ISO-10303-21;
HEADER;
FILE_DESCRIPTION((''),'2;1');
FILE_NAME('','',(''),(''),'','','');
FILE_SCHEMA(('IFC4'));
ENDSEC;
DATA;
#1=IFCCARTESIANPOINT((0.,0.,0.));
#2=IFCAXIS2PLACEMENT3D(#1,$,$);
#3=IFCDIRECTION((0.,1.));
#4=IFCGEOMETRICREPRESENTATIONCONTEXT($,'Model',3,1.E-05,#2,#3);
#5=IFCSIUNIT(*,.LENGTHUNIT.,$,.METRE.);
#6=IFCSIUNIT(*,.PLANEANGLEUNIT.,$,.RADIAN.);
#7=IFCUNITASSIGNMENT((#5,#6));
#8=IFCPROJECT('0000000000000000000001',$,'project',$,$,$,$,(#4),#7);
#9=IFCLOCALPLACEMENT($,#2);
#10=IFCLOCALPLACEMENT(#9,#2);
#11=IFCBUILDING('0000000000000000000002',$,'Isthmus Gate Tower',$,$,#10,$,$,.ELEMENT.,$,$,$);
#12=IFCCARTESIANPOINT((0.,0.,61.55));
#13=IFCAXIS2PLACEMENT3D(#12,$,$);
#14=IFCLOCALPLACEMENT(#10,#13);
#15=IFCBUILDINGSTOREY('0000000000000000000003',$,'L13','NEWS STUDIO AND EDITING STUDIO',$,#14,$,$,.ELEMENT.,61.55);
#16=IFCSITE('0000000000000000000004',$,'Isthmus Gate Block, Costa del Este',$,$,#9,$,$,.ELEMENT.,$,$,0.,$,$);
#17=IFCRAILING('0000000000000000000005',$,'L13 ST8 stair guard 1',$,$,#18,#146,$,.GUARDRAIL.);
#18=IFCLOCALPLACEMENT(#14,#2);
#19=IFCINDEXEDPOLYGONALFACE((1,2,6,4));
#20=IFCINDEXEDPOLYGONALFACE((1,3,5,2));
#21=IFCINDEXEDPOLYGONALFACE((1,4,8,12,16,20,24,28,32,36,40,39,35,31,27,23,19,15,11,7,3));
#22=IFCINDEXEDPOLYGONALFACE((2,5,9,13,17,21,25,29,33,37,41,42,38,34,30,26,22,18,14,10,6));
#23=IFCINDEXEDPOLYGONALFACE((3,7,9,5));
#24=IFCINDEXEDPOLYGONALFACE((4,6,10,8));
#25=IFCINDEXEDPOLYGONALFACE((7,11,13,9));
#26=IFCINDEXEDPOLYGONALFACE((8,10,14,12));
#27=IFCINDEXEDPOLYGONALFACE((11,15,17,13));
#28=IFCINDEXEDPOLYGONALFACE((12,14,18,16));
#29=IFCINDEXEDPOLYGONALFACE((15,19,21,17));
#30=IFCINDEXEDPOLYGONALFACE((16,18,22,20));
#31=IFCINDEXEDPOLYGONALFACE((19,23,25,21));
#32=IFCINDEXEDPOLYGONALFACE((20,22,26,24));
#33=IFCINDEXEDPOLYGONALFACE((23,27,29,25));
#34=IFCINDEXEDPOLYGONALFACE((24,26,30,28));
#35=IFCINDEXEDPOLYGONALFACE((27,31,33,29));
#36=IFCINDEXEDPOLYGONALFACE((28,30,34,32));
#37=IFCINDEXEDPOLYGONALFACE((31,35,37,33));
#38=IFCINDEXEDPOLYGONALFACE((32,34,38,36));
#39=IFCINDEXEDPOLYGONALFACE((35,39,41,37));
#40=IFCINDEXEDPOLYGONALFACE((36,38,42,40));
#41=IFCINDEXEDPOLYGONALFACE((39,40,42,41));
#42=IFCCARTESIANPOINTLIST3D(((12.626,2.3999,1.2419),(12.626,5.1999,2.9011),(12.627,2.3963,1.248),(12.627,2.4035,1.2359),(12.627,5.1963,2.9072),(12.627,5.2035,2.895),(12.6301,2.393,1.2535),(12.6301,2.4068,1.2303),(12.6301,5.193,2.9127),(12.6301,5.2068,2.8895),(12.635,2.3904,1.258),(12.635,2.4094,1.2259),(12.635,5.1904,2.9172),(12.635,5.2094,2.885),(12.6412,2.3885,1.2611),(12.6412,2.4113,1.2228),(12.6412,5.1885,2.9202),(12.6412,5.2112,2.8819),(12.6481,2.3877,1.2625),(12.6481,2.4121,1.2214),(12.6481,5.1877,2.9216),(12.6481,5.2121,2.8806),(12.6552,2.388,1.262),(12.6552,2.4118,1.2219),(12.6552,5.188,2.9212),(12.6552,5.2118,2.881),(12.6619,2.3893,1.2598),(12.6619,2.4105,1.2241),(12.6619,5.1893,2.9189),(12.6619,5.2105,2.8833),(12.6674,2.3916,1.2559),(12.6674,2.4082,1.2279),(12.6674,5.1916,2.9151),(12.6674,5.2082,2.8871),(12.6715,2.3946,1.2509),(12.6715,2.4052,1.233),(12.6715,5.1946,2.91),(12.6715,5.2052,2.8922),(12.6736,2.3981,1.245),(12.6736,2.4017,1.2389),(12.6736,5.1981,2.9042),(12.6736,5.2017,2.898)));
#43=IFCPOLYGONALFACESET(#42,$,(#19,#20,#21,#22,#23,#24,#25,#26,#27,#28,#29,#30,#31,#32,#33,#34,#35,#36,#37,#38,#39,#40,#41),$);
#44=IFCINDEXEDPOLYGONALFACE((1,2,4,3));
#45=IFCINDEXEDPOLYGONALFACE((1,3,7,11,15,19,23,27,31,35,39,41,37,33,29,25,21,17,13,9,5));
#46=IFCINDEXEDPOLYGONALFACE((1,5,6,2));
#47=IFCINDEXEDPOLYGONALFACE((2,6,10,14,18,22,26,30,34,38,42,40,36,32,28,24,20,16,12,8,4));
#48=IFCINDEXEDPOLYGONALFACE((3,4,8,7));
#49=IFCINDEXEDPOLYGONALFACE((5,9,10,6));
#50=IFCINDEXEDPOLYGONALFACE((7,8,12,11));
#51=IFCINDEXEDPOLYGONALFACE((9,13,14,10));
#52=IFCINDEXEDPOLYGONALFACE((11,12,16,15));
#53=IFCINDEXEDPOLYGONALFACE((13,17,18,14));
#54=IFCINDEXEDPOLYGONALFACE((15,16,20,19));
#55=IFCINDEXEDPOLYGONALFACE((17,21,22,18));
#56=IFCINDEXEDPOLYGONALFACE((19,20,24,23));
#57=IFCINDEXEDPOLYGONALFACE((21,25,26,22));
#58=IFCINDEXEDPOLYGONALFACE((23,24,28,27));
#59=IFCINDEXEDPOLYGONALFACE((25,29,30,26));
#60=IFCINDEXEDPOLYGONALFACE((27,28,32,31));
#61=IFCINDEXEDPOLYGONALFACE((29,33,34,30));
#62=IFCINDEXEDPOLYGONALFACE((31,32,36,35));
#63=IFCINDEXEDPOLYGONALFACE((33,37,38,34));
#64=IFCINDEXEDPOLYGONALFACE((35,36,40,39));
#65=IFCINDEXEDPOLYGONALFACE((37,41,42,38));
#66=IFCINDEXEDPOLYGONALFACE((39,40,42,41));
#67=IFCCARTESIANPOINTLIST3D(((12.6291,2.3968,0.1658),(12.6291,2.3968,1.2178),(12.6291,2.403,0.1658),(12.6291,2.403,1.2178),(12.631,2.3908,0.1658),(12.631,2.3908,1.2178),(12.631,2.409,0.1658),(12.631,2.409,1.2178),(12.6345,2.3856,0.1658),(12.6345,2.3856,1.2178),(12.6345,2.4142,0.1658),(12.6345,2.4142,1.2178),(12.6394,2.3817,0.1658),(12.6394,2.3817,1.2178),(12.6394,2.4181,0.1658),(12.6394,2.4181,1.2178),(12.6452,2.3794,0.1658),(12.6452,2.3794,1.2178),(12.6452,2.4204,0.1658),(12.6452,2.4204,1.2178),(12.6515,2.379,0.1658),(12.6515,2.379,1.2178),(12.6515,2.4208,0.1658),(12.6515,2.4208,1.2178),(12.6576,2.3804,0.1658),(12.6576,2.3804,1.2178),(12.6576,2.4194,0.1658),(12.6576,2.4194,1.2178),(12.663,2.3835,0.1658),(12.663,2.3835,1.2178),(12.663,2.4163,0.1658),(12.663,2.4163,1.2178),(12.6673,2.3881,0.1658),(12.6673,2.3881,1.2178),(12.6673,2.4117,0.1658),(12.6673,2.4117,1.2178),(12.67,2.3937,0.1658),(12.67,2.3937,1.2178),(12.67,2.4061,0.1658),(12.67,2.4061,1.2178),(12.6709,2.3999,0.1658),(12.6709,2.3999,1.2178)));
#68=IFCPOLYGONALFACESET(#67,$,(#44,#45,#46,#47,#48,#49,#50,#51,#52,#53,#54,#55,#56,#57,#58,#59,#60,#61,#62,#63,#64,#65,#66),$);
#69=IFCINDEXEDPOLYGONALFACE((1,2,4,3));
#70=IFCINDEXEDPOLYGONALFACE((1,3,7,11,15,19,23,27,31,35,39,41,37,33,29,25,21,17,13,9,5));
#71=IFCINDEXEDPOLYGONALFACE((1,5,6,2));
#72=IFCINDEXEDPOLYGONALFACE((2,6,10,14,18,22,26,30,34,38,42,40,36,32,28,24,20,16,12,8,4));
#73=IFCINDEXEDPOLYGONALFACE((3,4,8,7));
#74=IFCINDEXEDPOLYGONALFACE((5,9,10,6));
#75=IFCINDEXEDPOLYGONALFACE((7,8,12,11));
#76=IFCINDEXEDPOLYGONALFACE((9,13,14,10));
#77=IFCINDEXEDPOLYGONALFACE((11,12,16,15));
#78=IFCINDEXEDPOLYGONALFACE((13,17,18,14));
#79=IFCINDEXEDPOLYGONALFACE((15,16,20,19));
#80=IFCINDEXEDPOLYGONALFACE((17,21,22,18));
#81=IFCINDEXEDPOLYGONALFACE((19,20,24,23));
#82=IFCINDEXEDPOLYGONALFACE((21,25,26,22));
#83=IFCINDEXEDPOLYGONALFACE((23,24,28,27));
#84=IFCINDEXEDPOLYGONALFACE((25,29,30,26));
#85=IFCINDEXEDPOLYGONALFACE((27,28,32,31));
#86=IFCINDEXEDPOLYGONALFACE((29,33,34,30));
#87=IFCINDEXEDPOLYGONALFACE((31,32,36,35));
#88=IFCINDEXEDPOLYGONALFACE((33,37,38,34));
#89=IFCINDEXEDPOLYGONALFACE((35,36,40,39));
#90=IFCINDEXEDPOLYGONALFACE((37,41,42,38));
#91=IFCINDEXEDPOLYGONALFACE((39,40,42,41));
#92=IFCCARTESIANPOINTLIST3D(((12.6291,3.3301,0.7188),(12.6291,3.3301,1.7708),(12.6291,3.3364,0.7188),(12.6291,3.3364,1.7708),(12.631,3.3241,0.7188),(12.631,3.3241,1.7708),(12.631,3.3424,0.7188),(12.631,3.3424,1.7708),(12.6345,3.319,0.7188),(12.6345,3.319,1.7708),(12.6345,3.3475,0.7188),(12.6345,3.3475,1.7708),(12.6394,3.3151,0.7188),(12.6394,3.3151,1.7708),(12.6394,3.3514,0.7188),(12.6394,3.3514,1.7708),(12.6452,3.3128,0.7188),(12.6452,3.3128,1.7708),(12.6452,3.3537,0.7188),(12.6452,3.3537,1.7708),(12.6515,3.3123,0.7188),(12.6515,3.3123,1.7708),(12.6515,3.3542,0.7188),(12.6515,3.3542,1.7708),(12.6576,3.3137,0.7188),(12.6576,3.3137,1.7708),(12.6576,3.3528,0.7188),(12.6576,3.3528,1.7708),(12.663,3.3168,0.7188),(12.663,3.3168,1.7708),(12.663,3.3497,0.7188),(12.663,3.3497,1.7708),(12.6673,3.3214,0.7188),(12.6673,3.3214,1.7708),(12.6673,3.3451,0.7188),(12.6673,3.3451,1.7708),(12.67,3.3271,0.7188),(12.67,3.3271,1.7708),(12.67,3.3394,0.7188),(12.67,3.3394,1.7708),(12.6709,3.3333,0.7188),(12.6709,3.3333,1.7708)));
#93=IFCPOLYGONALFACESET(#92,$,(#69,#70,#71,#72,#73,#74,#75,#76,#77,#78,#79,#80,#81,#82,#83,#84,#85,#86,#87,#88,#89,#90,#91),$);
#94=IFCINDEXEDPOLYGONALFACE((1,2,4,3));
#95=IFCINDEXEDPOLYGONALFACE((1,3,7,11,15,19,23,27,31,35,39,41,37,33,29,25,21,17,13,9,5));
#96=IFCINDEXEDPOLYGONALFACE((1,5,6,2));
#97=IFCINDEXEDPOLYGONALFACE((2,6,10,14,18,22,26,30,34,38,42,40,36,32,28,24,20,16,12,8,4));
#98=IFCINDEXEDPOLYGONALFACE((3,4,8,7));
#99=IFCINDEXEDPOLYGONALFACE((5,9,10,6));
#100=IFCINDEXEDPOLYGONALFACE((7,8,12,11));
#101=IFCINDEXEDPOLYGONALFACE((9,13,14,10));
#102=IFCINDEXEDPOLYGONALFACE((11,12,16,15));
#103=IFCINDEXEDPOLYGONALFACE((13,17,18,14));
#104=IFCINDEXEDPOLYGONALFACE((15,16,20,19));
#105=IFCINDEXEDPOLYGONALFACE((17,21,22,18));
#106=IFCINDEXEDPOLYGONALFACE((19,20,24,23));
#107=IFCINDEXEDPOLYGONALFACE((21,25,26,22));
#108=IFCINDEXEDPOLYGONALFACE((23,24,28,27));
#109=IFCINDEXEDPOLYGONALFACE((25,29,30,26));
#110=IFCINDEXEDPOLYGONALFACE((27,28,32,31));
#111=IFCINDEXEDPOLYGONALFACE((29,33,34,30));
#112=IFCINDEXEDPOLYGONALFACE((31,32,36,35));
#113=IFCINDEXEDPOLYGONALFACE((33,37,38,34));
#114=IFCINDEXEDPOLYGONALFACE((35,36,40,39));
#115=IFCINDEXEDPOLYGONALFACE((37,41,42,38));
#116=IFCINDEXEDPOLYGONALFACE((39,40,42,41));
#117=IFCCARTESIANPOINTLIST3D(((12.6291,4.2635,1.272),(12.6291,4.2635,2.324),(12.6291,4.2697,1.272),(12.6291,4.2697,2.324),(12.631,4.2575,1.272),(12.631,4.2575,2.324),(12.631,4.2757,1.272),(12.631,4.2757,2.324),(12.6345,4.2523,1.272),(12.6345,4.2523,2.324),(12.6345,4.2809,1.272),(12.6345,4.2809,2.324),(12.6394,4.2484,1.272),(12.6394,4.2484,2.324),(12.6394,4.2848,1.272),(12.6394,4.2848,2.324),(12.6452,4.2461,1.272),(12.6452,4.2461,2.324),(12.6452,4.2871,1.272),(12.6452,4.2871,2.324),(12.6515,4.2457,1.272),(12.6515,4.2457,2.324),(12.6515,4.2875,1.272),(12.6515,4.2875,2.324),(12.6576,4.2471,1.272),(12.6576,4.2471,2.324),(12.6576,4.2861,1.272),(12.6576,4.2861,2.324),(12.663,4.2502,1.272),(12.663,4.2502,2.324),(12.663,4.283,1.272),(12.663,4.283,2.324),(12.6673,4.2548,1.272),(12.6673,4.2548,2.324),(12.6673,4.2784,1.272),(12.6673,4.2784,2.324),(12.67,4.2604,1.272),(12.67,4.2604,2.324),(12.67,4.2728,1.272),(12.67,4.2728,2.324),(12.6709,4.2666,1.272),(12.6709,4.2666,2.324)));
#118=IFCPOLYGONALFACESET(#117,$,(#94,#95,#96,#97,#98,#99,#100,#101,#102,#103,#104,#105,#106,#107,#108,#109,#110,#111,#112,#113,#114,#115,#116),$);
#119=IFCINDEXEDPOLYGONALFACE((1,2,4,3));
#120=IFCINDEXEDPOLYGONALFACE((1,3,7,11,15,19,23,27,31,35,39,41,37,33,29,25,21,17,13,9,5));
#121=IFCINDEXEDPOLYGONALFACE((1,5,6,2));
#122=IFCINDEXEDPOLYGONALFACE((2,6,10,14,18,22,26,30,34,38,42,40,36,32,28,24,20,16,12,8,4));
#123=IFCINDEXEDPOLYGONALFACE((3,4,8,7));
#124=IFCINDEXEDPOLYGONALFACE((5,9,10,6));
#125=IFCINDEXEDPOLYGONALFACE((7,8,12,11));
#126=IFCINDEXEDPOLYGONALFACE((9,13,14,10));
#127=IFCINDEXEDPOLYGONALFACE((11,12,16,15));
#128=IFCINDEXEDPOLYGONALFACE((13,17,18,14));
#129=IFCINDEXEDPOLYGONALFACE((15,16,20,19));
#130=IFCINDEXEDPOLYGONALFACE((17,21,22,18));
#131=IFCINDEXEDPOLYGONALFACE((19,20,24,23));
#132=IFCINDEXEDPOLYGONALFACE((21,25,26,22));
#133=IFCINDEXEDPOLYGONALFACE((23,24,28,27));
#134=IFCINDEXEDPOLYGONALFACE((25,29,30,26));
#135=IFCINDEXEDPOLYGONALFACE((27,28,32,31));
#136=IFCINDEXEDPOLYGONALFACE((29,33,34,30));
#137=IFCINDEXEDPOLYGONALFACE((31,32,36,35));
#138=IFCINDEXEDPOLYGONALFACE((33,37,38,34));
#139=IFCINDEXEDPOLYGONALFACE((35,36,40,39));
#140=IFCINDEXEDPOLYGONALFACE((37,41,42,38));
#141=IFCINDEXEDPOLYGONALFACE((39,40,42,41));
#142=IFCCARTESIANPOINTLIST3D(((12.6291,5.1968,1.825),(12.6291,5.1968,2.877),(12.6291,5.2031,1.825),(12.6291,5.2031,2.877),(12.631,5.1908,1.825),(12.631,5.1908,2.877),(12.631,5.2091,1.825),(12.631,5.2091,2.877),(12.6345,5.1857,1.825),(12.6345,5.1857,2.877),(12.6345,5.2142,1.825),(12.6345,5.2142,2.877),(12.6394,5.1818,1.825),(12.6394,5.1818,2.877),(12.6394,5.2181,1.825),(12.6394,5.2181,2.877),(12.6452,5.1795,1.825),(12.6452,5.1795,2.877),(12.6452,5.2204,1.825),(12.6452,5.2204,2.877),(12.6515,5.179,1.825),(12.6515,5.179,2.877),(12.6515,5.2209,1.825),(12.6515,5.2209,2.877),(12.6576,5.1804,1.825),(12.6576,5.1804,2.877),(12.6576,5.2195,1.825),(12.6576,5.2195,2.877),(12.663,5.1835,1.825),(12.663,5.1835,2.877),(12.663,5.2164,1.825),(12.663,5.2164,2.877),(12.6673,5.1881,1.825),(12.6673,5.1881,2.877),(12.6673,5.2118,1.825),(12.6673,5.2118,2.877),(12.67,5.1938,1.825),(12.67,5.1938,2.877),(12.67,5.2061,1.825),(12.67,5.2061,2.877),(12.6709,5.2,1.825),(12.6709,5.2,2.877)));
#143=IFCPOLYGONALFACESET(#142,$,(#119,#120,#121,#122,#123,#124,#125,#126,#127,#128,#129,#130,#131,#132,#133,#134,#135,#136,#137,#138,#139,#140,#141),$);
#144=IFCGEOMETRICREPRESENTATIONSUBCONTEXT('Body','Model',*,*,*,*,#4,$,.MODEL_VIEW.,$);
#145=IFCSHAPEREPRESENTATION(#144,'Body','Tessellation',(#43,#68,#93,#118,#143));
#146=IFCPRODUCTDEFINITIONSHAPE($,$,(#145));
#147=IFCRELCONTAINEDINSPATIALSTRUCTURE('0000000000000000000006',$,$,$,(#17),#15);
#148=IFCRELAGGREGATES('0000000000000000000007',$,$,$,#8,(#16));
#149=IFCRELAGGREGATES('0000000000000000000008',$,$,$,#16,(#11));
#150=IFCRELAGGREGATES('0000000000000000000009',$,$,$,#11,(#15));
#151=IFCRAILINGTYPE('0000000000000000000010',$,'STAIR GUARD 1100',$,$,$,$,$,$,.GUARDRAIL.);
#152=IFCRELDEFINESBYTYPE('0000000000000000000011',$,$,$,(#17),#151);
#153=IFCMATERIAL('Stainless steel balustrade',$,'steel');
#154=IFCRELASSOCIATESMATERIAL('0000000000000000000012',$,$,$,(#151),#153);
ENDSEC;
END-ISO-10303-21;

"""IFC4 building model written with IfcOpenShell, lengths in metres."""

from ifc_helpers import new_model, si_unit, direction, frame, origin, origin_2d, place, context, subcontext, project, spatial, circle, extrude, material, type_object, element, save


model = new_model("IFC4")

# Units and contexts
model_context = context("Model", 3, precision=1e-05, world=origin(), true_north=direction((0.0, 1.0)))
body_context = subcontext(model_context, "Body", "Model", "MODEL_VIEW")
ifc_project = project(units=[si_unit("LENGTHUNIT", "METRE"), si_unit("PLANEANGLEUNIT", "RADIAN")], contexts=[model_context])

# Site, building, storey
site_placement = place(None, origin())
site = spatial("IfcSite", under=ifc_project, at=site_placement, Name="Isthmus Gate Block, Costa del Este", CompositionType="ELEMENT", RefElevation=0.0)
building_placement = place(site_placement, origin())
building = spatial("IfcBuilding", under=site, at=building_placement, Name="Isthmus Gate Tower", CompositionType="ELEMENT")
storey_placement = place(building_placement, frame((0.0, 0.0, 61.55)))
storey = spatial("IfcBuildingStorey", under=building, at=storey_placement, Name="L13", Description="NEWS STUDIO AND EDITING STUDIO", CompositionType="ELEMENT", Elevation=61.55)

# Railing
ifc_material_1 = material(Name="Stainless steel balustrade", Category="steel")
railing_type_1 = type_object("IfcRailingType", Name="STAIR GUARD 1100", PredefinedType="GUARDRAIL", material=ifc_material_1)
railing_1_placement = place(storey_placement, frame((12.6499, 2.3999, 0.1658)))
element("IfcRailing", 1, at=railing_1_placement, inside=storey, type_object=railing_type_1, Name="L13 ST8 stair guard 1", PredefinedType="GUARDRAIL", context=body_context, shape_type="SweptSolid", body=[
    extrude(circle(Radius=0.0239, at=origin_2d()), frame((0.0, 0.0, 1.0762), z_axis=(0.0, 0.860306, 0.509778), x_axis=(-1.0, 0.0, 0.0)), (0.0, 0.0, 1.0), 3.2546),
    extrude(circle(Radius=0.021, at=origin_2d()), origin(), (0.0, 0.0, 1.0), 1.052),
    extrude(circle(Radius=0.021, at=origin_2d()), frame((0.0, 0.9333, 0.553)), (0.0, 0.0, 1.0), 1.052),
    extrude(circle(Radius=0.021, at=origin_2d()), frame((0.0, 1.8667, 1.1062)), (0.0, 0.0, 1.0), 1.052),
    extrude(circle(Radius=0.021, at=origin_2d()), frame((0.0, 2.8, 1.6592)), (0.0, 0.0, 1.0), 1.052),
])

save(model, "model.ifc")
